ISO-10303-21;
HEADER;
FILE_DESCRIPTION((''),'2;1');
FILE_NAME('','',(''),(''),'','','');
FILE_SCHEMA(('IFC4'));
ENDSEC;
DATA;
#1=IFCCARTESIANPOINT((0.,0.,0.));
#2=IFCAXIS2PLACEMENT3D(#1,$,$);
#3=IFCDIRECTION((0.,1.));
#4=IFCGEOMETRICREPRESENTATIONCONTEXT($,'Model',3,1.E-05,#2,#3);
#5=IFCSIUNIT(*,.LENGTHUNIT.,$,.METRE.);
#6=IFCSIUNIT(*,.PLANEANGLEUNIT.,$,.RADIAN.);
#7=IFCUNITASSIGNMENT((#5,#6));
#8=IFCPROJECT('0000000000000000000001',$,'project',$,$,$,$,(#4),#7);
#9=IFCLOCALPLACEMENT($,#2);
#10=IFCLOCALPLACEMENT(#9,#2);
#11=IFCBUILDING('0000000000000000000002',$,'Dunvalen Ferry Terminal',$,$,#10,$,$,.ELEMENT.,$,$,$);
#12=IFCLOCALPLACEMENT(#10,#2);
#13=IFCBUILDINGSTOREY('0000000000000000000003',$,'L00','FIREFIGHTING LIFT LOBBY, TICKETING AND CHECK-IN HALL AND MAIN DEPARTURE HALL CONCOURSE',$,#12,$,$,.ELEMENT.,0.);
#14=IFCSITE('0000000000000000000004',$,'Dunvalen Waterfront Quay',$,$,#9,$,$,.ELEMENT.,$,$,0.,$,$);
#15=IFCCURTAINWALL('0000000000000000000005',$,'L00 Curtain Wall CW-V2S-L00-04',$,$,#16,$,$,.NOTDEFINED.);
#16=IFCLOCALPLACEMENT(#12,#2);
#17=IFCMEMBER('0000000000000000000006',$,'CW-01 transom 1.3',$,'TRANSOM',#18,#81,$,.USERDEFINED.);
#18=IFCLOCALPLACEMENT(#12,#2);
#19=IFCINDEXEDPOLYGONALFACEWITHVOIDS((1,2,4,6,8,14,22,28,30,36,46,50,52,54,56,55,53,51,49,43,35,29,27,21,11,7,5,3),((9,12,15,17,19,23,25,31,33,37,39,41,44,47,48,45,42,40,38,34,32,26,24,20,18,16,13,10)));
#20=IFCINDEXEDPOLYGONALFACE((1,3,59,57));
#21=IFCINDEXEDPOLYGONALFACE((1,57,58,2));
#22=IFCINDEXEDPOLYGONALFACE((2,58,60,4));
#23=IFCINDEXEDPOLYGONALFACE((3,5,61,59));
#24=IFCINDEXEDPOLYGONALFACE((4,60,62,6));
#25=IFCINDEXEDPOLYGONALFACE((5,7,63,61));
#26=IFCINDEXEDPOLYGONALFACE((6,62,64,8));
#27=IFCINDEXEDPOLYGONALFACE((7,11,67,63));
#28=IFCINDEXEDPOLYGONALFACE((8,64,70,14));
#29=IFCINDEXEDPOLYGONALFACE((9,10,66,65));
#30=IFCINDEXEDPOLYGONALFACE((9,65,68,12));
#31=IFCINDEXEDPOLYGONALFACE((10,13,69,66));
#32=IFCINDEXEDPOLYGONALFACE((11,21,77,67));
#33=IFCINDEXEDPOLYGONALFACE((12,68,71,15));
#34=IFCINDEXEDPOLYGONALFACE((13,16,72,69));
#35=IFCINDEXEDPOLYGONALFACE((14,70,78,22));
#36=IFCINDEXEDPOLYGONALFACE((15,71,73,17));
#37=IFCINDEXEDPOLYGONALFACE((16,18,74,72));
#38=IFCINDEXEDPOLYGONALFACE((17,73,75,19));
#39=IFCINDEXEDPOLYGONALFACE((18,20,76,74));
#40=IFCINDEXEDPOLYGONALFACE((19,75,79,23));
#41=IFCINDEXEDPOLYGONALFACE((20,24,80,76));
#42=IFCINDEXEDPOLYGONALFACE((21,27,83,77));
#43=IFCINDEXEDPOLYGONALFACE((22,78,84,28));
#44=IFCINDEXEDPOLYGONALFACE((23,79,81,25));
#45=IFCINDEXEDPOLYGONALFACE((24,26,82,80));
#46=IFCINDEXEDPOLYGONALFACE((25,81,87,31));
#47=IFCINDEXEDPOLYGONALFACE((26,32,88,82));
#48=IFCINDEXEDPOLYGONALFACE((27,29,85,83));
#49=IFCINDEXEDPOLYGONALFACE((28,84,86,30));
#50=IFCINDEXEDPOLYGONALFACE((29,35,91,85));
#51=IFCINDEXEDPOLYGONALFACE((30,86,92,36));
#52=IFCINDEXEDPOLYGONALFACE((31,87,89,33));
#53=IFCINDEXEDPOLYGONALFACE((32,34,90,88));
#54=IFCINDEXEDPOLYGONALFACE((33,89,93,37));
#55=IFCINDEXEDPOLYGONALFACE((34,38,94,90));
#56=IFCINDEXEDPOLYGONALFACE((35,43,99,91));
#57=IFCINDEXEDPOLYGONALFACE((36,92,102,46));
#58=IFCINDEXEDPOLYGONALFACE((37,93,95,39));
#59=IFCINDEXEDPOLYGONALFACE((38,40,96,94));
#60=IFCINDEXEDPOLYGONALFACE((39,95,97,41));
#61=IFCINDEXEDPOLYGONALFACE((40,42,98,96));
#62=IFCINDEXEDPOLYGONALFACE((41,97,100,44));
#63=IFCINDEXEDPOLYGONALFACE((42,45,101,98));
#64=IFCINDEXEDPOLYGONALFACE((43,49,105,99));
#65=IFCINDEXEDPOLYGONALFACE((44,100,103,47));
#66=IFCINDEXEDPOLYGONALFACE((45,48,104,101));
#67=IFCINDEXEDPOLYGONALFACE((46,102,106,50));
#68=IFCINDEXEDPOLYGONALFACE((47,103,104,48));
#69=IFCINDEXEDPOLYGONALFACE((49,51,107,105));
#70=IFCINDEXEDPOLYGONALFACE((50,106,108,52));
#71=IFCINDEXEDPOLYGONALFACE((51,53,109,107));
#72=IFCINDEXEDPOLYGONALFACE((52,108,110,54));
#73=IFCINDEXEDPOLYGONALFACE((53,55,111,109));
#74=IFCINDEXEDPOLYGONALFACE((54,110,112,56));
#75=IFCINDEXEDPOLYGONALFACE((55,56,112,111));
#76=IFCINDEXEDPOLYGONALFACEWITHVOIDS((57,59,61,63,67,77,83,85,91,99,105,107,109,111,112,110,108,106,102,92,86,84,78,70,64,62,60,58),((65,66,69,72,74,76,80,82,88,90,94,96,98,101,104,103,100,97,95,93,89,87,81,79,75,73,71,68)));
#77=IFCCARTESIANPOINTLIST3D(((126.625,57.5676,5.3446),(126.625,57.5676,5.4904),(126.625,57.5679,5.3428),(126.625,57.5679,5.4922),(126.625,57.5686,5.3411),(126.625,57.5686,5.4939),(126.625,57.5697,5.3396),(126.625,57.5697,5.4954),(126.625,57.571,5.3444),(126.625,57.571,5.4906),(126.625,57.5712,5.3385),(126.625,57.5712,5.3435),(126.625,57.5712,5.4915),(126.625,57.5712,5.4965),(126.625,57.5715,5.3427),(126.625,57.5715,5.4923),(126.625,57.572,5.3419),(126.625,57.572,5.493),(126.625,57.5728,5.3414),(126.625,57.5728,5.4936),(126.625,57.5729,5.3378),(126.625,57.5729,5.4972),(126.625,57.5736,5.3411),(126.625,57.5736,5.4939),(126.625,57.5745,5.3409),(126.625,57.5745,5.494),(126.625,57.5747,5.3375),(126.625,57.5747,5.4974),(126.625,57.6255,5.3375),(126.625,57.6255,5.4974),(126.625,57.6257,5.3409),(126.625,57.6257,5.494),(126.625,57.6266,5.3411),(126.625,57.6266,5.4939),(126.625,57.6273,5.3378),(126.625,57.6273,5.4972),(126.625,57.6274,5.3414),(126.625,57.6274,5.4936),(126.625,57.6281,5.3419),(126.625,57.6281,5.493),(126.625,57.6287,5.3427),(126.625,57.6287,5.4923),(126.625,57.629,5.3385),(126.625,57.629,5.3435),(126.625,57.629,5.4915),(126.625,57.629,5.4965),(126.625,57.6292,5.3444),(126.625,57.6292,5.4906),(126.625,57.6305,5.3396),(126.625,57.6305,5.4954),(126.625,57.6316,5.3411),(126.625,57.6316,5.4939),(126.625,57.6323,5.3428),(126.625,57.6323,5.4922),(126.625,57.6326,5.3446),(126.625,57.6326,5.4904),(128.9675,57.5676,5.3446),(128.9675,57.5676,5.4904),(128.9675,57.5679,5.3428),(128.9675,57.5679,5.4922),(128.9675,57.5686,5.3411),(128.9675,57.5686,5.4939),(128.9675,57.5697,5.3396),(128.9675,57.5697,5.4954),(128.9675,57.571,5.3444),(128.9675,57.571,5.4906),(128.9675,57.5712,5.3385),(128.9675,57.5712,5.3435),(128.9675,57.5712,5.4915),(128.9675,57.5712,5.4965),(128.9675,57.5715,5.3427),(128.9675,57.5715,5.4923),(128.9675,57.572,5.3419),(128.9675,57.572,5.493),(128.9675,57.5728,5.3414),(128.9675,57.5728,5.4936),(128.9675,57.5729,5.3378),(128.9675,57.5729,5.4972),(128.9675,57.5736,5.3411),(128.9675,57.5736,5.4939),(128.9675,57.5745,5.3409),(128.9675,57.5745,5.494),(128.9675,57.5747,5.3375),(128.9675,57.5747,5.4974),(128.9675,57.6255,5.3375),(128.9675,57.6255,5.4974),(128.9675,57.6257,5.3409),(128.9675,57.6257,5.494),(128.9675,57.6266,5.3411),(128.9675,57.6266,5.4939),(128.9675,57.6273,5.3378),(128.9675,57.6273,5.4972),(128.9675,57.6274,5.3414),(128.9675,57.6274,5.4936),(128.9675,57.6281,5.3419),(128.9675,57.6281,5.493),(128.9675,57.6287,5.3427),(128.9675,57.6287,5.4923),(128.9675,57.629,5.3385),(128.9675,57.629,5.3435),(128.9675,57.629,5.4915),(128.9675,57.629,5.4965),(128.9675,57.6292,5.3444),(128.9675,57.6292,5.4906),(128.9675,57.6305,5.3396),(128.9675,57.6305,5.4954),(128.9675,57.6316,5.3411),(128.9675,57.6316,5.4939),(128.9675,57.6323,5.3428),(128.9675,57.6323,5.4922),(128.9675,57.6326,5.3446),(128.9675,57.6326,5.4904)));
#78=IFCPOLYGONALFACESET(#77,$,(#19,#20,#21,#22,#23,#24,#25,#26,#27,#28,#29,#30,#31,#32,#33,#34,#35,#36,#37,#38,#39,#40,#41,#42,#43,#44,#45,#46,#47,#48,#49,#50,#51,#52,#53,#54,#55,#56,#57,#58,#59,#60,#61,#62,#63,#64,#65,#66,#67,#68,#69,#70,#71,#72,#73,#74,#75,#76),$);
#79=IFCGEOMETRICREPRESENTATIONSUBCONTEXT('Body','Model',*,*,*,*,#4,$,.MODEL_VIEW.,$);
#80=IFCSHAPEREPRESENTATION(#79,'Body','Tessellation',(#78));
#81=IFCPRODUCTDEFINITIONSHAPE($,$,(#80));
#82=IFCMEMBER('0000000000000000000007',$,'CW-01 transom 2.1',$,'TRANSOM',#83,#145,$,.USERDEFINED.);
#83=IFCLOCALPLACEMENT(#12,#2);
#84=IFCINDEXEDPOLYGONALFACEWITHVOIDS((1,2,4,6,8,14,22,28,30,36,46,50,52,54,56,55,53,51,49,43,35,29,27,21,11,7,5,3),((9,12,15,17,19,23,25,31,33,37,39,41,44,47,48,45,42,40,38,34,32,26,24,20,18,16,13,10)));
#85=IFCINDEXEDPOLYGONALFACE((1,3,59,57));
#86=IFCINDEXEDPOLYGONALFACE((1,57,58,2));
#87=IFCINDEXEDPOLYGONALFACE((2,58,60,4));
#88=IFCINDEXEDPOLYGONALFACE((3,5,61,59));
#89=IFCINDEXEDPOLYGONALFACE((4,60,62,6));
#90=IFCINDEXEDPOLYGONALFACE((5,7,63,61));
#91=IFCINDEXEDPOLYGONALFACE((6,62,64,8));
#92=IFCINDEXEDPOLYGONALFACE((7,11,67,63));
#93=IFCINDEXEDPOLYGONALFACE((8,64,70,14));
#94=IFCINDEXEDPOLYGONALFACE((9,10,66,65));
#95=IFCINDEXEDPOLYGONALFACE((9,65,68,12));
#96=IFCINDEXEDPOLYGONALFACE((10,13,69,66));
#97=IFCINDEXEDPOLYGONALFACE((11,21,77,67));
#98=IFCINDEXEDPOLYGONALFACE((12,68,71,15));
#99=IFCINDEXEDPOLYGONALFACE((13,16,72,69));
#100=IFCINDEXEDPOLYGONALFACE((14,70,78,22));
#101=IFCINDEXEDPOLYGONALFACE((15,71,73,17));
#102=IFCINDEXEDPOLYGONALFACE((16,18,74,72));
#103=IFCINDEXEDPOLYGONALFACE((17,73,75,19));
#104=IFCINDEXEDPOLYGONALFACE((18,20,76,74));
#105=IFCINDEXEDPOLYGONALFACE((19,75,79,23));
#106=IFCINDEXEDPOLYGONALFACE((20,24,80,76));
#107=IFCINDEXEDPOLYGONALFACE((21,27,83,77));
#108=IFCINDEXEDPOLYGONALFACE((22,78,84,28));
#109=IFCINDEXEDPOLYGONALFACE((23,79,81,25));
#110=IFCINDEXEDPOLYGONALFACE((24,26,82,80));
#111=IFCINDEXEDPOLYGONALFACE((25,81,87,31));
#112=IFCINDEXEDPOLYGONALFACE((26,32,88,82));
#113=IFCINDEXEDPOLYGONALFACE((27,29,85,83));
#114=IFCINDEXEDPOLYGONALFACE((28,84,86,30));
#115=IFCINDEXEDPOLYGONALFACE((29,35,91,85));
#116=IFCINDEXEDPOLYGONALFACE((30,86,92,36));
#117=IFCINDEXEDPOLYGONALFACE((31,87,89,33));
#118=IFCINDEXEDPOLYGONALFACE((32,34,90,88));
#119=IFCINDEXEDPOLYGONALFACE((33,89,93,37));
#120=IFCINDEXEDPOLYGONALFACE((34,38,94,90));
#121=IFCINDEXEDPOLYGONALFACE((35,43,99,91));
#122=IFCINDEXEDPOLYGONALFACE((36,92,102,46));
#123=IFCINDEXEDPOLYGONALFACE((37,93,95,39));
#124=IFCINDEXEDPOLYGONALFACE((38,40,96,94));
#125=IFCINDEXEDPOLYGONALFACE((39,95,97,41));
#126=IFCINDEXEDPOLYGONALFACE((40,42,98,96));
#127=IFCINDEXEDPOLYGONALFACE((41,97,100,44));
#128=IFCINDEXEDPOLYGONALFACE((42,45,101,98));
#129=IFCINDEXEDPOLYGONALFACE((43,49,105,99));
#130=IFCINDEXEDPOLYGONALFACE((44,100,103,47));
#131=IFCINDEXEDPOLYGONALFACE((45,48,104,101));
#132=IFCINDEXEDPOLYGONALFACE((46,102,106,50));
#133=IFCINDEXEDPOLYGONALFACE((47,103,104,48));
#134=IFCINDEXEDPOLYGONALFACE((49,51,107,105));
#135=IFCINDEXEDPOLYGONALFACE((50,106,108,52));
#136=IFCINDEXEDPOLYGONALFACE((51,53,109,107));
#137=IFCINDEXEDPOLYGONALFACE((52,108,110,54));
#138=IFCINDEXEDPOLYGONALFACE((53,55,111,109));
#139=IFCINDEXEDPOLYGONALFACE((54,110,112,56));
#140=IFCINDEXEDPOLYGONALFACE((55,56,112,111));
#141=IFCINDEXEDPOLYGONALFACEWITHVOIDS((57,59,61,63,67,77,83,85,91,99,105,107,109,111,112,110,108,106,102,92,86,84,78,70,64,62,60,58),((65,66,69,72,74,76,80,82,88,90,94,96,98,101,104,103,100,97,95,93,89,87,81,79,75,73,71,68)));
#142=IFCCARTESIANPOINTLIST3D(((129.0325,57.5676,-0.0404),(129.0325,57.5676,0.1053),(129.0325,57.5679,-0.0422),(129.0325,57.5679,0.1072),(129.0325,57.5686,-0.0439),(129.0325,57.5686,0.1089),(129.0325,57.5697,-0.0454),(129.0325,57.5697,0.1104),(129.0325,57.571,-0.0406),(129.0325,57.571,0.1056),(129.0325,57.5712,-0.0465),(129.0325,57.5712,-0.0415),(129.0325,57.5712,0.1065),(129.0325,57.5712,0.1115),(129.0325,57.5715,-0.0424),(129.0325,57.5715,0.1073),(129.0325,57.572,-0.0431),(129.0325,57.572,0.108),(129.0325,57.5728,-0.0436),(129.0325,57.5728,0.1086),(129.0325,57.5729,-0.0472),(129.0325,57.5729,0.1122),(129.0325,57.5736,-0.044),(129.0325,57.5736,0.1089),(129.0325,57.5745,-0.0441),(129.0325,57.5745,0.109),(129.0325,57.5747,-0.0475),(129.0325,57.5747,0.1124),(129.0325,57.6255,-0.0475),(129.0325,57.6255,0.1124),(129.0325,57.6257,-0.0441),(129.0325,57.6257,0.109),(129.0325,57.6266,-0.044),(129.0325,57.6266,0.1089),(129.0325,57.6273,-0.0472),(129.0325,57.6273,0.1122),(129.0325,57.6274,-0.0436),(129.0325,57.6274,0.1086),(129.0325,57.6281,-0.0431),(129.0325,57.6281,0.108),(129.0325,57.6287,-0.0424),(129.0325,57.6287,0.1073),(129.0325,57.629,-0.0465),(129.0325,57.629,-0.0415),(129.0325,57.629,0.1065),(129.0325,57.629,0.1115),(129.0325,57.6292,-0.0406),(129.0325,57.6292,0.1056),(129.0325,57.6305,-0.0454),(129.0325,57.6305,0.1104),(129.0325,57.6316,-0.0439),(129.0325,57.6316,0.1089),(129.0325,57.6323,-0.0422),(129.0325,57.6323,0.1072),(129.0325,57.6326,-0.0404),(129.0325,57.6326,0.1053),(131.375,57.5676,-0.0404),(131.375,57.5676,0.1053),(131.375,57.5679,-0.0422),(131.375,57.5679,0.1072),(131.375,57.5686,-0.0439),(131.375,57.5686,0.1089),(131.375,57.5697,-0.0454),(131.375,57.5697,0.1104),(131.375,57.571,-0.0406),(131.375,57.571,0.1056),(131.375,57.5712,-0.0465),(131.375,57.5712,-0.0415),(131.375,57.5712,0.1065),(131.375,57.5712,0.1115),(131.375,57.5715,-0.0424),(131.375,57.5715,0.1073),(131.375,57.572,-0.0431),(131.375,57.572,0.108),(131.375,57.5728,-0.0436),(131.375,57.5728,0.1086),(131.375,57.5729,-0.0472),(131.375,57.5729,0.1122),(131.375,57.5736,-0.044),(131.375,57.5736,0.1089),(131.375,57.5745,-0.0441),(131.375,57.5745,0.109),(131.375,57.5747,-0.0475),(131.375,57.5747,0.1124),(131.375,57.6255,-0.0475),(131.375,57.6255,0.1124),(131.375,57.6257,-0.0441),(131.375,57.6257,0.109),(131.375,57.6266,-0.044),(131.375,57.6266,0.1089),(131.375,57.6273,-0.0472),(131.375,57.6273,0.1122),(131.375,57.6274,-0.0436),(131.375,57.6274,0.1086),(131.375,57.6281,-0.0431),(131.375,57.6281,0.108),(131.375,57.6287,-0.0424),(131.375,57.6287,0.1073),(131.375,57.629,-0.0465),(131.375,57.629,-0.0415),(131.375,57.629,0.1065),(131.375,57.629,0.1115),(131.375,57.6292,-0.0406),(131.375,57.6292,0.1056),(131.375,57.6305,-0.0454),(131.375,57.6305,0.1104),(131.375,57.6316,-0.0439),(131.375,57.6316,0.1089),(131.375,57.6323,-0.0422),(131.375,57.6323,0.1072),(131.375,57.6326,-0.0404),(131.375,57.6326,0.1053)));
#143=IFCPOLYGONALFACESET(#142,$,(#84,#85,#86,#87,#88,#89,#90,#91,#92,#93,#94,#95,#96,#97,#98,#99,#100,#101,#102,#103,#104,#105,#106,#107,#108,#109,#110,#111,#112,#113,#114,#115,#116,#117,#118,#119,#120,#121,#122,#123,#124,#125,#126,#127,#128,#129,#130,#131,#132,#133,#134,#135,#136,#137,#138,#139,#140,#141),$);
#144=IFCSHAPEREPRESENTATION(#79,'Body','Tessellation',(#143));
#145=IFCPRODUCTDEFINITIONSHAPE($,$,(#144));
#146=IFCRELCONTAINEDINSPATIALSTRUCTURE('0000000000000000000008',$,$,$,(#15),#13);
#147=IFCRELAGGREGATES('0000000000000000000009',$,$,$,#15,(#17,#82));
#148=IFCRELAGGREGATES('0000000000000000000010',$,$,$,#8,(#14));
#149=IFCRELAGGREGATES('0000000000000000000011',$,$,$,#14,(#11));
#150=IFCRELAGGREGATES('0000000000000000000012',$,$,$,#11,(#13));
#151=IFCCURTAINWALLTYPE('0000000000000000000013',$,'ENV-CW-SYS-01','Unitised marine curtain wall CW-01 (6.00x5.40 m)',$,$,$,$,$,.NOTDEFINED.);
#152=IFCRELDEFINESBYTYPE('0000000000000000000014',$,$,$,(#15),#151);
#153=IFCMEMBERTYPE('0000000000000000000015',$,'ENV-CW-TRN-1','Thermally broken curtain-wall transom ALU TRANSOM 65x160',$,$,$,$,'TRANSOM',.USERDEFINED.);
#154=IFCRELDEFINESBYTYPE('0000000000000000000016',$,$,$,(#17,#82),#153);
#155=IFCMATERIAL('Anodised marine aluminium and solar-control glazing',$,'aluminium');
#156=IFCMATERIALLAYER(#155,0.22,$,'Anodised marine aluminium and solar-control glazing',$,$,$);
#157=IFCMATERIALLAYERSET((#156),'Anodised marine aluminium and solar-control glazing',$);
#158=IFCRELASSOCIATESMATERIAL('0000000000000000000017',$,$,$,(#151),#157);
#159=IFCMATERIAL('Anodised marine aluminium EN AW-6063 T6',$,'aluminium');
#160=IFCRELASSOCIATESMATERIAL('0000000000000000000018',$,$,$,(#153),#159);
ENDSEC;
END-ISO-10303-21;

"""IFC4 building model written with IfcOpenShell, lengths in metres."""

from ifc_helpers import new_model, si_unit, direction, frame, origin, origin_2d, place, context, subcontext, project, spatial, hollow_rectangle, extrude, material, layer, layer_set, material_profile, profile_set, type_object, element, aggregate, save


model = new_model("IFC4")

# Units and contexts
model_context = context("Model", 3, precision=1e-05, world=origin(), true_north=direction((0.0, 1.0)))
body_context = subcontext(model_context, "Body", "Model", "MODEL_VIEW")
ifc_project = project(units=[si_unit("LENGTHUNIT", "METRE"), si_unit("PLANEANGLEUNIT", "RADIAN")], contexts=[model_context])

# Site, building, storey
site_placement = place(None, origin())
site = spatial("IfcSite", under=ifc_project, at=site_placement, Name="Dunvalen Waterfront Quay", CompositionType="ELEMENT", RefElevation=0.0)
building_placement = place(site_placement, origin())
building = spatial("IfcBuilding", under=site, at=building_placement, Name="Dunvalen Ferry Terminal", CompositionType="ELEMENT")
storey_placement = place(building_placement, origin())
storey = spatial("IfcBuildingStorey", under=building, at=storey_placement, Name="L00", Description="FIREFIGHTING LIFT LOBBY, TICKETING AND CHECK-IN HALL AND MAIN DEPARTURE HALL CONCOURSE", CompositionType="ELEMENT", Elevation=0.0)

# Curtain wall
ifc_material_1 = material(Name="Anodised marine aluminium and solar-control glazing", Category="aluminium")
ifc_layer_1 = layer(ifc_material_1, 0.22, Name="Anodised marine aluminium and solar-control glazing")
ifc_layer_set_1 = layer_set([ifc_layer_1], Name="Anodised marine aluminium and solar-control glazing")
curtain_wall_type = type_object("IfcCurtainWallType", Name="ENV-CW-SYS-01", Description="Unitised marine curtain wall CW-01 (6.00x5.40 m)", PredefinedType="NOTDEFINED", material=ifc_layer_set_1)
ifc_material_2 = material(Name="Anodised marine aluminium EN AW-6063 T6", Category="aluminium")
curtain_wall_1_placement = place(storey_placement, origin())
curtain_wall_1 = element("IfcCurtainWall", 1, at=curtain_wall_1_placement, inside=storey, type_object=curtain_wall_type, Name="L00 Curtain Wall CW-V2S-L00-04", PredefinedType="NOTDEFINED")

# Members
ifc_material_profile_1 = material_profile(ifc_material_2, hollow_rectangle(XDim=0.0649, YDim=0.1599, WallThickness=0.0034, InnerFilletRadius=0.0034, OuterFilletRadius=0.0071, at=origin_2d()), Name="Anodised marine aluminium EN AW-6063 T6")
ifc_profile_set_1 = profile_set([ifc_material_profile_1], Name="Anodised marine aluminium EN AW-6063 T6")
member_type_1 = type_object("IfcMemberType", Name="ENV-CW-TRN-1", Description="Thermally broken curtain-wall transom ALU TRANSOM 65x160", ElementType="TRANSOM", PredefinedType="USERDEFINED", material=ifc_profile_set_1)
member_1_placement = place(storey_placement, frame((126.625, 57.6001, 5.4175), z_axis=(1.0, 0.0, 0.0), x_axis=(0.0, 1.0, 0.0)))
member_1 = element("IfcMember", 2, at=member_1_placement, type_object=member_type_1, Name="CW-01 transom 1.3", ObjectType="TRANSOM", PredefinedType="USERDEFINED", context=body_context, shape_type="SweptSolid", body=[
    extrude(hollow_rectangle(XDim=0.0649, YDim=0.1599, WallThickness=0.0034, InnerFilletRadius=0.0034, OuterFilletRadius=0.0071, at=origin_2d()), origin(), (0.0, 0.0, 1.0), 2.3425),
])
member_2_placement = place(storey_placement, frame((129.0325, 57.6001, 0.0325), z_axis=(1.0, 0.0, 0.0), x_axis=(0.0, 1.0, 0.0)))
member_2 = element("IfcMember", 3, at=member_2_placement, type_object=member_type_1, Name="CW-01 transom 2.1", ObjectType="TRANSOM", PredefinedType="USERDEFINED", context=body_context, shape_type="SweptSolid", body=[
    extrude(hollow_rectangle(XDim=0.0649, YDim=0.1599, WallThickness=0.0034, InnerFilletRadius=0.0034, OuterFilletRadius=0.0071, at=origin_2d()), origin(), (0.0, 0.0, 1.0), 2.3425),
])

aggregate(curtain_wall_1, [member_1, member_2])

save(model, "model.ifc")
